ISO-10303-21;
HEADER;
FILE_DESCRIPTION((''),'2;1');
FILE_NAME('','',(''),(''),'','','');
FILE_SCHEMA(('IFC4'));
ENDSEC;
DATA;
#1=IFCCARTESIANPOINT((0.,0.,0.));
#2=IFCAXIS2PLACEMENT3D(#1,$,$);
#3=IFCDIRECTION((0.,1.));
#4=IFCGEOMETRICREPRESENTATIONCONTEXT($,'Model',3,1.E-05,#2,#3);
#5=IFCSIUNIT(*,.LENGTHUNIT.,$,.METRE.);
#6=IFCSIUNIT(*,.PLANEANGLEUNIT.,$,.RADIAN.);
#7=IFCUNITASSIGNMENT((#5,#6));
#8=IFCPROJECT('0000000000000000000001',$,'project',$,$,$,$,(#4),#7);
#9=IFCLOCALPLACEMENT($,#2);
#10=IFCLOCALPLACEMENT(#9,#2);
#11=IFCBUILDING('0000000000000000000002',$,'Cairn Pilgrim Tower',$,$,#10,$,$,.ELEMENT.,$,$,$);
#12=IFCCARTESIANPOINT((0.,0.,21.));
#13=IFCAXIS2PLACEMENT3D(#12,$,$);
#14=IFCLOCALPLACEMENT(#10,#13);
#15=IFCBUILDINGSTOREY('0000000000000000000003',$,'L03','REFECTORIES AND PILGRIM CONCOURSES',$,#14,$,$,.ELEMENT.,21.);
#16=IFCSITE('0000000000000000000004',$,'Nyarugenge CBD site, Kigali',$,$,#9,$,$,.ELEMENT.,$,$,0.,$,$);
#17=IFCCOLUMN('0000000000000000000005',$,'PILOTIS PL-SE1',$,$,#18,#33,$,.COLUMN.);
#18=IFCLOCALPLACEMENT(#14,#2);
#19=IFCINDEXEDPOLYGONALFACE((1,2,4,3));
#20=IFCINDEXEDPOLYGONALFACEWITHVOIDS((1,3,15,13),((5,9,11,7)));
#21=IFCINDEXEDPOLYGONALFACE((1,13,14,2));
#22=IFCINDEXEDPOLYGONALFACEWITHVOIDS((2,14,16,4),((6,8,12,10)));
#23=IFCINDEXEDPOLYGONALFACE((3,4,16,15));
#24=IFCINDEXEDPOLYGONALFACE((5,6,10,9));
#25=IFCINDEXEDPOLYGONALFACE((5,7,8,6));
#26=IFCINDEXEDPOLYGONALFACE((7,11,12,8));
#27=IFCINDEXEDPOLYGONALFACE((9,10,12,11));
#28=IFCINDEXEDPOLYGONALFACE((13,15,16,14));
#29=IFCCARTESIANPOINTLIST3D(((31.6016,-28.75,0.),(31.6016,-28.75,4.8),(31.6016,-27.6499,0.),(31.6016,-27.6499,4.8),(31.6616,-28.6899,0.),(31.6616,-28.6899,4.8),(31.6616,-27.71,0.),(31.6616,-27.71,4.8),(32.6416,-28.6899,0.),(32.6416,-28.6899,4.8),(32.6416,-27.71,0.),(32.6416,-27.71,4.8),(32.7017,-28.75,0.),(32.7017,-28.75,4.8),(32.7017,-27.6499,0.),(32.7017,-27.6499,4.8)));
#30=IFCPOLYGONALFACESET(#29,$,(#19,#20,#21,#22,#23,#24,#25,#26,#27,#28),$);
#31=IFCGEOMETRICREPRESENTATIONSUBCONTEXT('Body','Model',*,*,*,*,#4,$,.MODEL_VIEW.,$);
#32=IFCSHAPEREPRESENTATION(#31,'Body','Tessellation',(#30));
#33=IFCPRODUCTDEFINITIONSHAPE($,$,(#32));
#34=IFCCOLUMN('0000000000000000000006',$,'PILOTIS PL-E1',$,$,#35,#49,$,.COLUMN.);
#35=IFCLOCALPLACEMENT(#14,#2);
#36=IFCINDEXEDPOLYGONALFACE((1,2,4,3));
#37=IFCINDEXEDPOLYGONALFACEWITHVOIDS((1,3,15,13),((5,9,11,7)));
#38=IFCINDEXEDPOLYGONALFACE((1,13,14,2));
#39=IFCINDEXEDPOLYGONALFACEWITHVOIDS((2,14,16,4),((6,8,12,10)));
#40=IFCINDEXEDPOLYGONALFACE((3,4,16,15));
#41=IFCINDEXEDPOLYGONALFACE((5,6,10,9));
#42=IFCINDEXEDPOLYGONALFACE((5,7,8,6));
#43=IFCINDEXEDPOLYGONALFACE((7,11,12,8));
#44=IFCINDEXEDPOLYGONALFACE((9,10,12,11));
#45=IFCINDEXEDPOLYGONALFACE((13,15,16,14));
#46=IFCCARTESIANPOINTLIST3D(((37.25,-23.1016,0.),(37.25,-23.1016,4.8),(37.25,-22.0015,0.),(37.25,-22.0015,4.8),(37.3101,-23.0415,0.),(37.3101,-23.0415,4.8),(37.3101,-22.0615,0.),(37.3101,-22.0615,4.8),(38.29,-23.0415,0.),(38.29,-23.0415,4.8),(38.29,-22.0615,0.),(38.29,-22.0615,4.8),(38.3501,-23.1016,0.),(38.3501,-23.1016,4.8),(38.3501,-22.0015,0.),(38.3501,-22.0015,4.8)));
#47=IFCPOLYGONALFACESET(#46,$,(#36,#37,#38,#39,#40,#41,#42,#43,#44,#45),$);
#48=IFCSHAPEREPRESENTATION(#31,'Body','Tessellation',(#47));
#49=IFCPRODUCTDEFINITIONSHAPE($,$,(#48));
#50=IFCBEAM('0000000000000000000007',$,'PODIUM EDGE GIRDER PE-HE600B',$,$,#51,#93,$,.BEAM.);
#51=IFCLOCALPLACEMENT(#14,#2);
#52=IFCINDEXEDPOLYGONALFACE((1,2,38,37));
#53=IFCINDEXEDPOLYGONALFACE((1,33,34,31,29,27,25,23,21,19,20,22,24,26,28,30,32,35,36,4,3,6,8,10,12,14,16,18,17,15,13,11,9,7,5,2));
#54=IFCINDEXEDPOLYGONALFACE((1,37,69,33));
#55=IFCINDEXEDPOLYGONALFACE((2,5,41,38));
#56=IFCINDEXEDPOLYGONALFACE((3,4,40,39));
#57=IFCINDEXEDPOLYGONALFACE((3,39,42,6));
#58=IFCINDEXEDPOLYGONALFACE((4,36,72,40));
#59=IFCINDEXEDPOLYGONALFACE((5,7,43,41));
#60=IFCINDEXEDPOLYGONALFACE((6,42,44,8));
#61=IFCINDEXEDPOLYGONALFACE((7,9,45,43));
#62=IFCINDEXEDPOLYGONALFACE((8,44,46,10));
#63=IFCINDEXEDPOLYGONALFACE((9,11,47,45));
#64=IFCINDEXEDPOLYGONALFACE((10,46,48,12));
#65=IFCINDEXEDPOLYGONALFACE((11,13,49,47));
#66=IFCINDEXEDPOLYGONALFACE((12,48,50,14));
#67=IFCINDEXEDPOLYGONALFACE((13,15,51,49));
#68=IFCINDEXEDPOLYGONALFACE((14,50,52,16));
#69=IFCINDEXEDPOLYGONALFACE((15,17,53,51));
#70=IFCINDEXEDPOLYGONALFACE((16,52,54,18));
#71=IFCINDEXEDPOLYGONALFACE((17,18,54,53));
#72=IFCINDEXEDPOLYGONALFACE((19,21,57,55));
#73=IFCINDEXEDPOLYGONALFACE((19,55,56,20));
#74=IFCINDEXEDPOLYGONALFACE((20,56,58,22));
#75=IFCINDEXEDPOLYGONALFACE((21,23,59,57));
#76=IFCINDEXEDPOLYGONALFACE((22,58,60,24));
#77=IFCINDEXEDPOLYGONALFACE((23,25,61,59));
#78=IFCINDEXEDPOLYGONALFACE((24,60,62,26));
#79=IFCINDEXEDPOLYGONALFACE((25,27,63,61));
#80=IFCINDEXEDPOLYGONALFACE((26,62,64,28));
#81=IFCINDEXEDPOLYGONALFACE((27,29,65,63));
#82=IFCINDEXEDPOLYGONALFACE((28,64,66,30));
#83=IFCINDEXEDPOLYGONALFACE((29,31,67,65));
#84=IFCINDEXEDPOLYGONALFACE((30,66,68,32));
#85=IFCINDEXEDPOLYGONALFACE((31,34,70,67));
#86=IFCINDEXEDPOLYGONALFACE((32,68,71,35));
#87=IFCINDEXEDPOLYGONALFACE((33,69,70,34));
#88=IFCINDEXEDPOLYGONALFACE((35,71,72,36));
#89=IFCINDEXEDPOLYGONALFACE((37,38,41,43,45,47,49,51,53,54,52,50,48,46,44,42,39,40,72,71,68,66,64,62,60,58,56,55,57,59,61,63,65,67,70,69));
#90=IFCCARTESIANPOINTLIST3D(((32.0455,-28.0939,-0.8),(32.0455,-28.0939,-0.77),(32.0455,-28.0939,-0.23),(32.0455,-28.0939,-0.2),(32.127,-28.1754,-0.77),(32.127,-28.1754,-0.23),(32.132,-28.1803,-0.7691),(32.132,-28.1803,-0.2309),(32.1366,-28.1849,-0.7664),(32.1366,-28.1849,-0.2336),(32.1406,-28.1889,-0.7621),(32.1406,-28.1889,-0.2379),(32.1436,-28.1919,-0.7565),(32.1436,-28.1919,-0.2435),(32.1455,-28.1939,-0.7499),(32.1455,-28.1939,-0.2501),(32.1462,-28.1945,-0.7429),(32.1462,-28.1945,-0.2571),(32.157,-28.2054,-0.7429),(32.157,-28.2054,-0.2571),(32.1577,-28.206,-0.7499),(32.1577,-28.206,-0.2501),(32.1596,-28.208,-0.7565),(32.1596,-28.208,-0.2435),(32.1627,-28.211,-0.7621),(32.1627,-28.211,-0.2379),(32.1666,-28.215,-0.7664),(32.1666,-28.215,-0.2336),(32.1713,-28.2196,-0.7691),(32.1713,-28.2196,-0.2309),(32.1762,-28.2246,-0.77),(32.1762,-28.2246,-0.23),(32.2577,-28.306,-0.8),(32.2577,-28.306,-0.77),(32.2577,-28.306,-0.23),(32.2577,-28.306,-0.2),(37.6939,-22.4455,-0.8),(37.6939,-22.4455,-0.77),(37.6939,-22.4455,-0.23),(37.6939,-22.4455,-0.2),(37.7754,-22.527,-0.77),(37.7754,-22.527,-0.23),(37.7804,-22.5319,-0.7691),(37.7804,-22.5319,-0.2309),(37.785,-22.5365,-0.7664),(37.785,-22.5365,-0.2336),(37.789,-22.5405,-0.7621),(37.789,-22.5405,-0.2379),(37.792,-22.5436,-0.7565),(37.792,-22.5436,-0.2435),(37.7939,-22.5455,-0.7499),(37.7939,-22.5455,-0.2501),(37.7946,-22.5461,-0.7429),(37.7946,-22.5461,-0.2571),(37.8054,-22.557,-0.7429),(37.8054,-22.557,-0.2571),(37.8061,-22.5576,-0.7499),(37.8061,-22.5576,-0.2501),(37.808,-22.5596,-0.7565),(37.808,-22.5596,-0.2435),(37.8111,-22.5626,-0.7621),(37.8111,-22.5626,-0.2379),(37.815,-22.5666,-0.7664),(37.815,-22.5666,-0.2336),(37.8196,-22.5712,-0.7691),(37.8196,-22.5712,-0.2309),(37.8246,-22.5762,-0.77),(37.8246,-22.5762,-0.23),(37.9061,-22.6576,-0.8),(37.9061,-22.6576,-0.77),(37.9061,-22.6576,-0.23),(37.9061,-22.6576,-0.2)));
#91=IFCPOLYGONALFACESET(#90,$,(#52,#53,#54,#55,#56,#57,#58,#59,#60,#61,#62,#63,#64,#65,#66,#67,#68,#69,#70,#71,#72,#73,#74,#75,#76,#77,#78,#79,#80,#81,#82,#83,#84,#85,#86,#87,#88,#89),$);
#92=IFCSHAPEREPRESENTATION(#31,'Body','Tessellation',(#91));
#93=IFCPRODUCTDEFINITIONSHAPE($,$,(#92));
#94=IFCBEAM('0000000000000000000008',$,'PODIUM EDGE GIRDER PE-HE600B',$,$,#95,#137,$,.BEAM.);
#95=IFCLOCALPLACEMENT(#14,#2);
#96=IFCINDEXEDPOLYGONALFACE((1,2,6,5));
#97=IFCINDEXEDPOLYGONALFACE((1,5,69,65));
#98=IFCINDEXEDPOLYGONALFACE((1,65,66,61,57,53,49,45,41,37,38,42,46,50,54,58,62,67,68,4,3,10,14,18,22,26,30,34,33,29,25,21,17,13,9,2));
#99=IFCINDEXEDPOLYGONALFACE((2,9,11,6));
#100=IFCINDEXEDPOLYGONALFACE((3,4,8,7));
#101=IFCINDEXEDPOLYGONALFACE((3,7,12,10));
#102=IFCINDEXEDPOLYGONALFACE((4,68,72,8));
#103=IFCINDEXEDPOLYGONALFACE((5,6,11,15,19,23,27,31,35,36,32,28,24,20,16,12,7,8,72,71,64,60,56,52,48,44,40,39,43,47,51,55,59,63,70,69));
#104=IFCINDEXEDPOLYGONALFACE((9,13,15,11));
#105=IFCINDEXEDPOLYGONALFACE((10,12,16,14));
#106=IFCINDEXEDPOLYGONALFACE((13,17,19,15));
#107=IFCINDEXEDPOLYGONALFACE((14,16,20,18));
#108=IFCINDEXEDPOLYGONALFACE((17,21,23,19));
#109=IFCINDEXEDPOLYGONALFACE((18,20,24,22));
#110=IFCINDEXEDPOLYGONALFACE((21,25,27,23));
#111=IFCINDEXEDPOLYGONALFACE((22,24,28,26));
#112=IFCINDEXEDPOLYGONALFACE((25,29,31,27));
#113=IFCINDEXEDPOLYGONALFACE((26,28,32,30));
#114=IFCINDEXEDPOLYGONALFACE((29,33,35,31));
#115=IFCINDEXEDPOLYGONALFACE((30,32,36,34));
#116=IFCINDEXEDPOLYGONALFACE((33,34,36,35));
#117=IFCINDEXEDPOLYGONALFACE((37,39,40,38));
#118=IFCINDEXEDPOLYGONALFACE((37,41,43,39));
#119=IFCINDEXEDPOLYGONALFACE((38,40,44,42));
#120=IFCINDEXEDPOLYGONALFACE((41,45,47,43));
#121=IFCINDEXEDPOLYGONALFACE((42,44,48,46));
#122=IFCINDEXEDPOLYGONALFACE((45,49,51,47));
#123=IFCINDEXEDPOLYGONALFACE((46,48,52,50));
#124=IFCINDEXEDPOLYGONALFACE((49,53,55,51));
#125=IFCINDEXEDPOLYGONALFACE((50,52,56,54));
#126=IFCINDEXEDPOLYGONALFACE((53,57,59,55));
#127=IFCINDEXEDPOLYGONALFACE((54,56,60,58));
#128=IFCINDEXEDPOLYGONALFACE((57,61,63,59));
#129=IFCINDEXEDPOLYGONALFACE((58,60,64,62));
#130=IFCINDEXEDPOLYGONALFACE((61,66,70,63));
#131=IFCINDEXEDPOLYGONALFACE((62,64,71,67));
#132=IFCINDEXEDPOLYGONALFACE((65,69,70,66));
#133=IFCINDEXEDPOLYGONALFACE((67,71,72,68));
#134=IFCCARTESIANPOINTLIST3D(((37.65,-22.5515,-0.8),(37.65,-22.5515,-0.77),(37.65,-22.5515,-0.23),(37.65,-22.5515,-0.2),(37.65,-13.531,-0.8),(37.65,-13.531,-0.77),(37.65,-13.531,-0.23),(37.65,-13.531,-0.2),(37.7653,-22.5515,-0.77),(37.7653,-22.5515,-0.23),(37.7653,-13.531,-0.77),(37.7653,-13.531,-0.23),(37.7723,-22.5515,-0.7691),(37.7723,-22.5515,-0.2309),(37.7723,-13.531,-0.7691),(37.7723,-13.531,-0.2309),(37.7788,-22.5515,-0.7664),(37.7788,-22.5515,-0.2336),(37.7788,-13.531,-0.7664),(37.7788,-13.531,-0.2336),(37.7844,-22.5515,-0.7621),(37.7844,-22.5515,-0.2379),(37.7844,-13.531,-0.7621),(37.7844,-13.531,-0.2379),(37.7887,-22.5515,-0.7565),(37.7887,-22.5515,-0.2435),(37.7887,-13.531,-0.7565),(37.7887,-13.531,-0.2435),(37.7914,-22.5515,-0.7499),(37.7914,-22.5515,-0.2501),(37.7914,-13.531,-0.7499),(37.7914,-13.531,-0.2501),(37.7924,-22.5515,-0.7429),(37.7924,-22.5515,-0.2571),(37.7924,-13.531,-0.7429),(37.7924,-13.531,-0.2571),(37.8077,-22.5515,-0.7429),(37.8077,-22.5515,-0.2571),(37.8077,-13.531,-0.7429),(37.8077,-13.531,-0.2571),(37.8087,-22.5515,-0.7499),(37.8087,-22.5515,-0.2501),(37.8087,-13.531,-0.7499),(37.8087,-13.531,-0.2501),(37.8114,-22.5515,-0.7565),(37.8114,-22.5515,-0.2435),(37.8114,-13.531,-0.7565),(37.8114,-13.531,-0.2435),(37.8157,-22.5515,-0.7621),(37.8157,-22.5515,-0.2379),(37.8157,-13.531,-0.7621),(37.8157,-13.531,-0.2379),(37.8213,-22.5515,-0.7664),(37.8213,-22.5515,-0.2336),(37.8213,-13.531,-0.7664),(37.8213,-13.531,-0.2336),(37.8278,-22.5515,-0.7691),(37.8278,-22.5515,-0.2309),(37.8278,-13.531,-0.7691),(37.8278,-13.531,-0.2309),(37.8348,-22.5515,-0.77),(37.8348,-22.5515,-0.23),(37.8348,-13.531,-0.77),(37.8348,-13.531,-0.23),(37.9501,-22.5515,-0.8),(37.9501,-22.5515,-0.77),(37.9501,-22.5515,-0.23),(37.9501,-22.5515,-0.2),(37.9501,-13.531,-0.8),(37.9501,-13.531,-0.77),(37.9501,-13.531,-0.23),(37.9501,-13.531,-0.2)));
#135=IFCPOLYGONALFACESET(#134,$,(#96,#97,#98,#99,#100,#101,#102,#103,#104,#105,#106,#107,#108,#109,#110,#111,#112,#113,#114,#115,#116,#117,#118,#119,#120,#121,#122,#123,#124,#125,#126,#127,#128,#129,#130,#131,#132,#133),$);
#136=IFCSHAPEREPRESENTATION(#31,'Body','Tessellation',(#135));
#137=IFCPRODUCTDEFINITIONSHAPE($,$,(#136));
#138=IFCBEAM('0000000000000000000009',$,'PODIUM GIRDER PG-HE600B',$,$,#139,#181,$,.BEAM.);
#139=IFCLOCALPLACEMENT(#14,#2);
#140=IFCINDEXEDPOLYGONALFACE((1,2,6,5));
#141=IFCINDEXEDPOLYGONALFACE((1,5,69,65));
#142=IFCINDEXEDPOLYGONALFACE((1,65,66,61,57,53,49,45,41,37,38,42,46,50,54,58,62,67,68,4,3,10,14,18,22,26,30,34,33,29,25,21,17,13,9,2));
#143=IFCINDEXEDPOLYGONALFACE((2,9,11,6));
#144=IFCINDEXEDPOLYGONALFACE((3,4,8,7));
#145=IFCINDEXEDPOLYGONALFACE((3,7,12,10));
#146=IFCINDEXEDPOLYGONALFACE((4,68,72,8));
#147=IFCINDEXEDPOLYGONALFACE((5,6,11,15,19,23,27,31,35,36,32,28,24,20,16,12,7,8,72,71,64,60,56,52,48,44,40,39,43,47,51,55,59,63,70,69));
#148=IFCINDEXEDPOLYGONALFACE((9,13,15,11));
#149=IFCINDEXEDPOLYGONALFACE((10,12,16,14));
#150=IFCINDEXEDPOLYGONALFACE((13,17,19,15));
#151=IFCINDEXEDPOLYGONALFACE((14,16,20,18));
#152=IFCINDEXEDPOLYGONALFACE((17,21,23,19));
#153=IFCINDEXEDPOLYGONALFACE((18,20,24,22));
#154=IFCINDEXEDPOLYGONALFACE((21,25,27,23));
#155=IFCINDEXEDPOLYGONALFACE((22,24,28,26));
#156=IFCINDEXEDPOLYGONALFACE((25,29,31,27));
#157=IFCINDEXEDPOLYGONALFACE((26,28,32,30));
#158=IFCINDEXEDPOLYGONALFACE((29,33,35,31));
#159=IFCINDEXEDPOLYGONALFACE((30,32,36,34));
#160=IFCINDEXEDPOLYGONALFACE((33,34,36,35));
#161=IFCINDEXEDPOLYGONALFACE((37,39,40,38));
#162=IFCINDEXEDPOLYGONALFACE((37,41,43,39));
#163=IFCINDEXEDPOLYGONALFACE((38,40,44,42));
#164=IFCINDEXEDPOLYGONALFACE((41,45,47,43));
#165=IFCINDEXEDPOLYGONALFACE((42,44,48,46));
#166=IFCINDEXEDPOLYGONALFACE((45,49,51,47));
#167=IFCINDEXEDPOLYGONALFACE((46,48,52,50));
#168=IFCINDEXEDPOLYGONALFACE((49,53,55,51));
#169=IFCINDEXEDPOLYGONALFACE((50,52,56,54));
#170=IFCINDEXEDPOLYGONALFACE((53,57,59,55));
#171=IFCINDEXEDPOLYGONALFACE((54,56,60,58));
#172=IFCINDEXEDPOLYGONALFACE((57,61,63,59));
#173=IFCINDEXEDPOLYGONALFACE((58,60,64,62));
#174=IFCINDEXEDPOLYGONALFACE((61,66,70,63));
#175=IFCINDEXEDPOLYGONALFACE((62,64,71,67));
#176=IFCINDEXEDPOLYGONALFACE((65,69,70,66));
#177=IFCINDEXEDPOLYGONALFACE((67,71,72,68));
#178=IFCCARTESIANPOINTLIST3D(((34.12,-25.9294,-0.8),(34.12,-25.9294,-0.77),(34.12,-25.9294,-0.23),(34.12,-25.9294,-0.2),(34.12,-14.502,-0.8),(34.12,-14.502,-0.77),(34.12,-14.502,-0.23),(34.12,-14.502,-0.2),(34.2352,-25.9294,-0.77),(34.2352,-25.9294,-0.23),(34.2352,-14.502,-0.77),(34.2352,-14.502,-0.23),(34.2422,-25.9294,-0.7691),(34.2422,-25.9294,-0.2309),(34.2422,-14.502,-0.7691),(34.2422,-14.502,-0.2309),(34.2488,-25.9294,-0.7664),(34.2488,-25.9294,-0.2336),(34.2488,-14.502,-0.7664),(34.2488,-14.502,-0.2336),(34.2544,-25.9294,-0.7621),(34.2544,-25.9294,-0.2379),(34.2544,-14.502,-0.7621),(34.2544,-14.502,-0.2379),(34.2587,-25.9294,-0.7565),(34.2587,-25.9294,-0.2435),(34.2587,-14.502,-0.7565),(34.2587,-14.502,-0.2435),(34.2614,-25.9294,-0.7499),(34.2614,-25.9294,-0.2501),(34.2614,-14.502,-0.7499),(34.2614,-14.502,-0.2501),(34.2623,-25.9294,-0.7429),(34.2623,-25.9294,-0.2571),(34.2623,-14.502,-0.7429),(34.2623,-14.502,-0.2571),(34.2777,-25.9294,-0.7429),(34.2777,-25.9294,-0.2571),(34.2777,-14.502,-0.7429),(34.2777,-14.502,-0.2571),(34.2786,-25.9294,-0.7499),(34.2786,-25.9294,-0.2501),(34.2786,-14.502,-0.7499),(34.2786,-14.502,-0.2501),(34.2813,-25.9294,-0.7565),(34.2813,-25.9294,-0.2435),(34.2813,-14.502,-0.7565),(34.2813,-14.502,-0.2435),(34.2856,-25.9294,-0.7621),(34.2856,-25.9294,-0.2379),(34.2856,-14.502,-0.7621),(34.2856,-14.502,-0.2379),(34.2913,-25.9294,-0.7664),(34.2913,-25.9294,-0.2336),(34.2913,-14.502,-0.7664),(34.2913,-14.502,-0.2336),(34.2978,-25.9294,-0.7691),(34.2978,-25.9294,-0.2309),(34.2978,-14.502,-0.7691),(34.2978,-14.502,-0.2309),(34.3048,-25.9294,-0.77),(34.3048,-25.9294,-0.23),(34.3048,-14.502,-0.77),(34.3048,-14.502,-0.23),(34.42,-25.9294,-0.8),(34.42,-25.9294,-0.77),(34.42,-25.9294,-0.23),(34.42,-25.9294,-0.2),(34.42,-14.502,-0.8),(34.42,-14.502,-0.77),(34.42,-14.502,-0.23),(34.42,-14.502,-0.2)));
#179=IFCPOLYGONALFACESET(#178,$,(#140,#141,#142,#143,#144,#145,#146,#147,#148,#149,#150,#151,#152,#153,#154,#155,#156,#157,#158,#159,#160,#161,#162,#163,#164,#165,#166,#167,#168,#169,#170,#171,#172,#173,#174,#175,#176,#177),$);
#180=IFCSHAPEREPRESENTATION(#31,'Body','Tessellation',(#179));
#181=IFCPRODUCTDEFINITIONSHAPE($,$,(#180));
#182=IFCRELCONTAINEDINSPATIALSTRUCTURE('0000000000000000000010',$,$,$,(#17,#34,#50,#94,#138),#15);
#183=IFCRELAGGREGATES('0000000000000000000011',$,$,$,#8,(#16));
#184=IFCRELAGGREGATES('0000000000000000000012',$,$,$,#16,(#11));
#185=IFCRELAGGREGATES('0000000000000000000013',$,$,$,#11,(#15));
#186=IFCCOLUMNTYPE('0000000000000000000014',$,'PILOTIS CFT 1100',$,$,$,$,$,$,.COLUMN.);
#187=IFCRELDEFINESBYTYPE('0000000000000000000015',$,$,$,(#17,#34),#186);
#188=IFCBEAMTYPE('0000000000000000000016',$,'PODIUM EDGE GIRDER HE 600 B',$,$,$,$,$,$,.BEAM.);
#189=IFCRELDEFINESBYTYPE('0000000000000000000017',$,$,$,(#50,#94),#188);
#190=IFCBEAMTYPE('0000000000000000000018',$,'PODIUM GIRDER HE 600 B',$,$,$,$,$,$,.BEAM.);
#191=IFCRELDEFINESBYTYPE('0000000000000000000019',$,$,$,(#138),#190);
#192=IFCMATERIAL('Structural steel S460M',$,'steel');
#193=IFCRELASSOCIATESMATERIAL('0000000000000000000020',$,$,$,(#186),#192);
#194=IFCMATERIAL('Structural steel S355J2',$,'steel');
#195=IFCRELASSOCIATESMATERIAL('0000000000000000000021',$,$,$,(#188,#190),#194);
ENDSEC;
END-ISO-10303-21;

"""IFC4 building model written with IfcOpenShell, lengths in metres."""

from ifc_helpers import new_model, si_unit, direction, frame, origin, origin_2d, place, context, subcontext, project, spatial, hollow_rectangle, i_section, extrude, material, material_profile, profile_set, type_object, element, save


model = new_model("IFC4")

# Units and contexts
model_context = context("Model", 3, precision=1e-05, world=origin(), true_north=direction((0.0, 1.0)))
body_context = subcontext(model_context, "Body", "Model", "MODEL_VIEW")
ifc_project = project(units=[si_unit("LENGTHUNIT", "METRE"), si_unit("PLANEANGLEUNIT", "RADIAN")], contexts=[model_context])

# Site, building, storey
site_placement = place(None, origin())
site = spatial("IfcSite", under=ifc_project, at=site_placement, Name="Nyarugenge CBD site, Kigali", CompositionType="ELEMENT", RefElevation=0.0)
building_placement = place(site_placement, origin())
building = spatial("IfcBuilding", under=site, at=building_placement, Name="Cairn Pilgrim Tower", CompositionType="ELEMENT")
storey_placement = place(building_placement, frame((0.0, 0.0, 21.0)))
storey = spatial("IfcBuildingStorey", under=building, at=storey_placement, Name="L03", Description="REFECTORIES AND PILGRIM CONCOURSES", CompositionType="ELEMENT", Elevation=21.0)

# Columns
ifc_material_1 = material(Name="Structural steel S460M", Category="steel")
ifc_material_profile_1 = material_profile(ifc_material_1, hollow_rectangle(XDim=1.1001, YDim=1.1001, WallThickness=0.0601, at=origin_2d()), Name="BOX 1100x1100x60")
ifc_profile_set_1 = profile_set([ifc_material_profile_1], Name="Structural steel S460M")
column_type = type_object("IfcColumnType", Name="PILOTIS CFT 1100", PredefinedType="COLUMN", material=ifc_profile_set_1)
for number, where, z_axis, x_axis, name in (
    (1, (32.1516, -28.2, 0.0), (0.0, 0.0, 1.0), (1.0, 0.0, 0.0), "PILOTIS PL-SE1"),
    (2, (37.8, -22.5515, 0.0), (0.0, 0.0, 1.0), (1.0, 0.0, 0.0), "PILOTIS PL-E1"),
):
    element("IfcColumn", number, at=place(storey_placement, frame(where, z_axis=z_axis, x_axis=x_axis)), inside=storey, type_object=column_type, Name=name, PredefinedType="COLUMN", context=body_context, shape_type="SweptSolid", body=[
        extrude(hollow_rectangle(XDim=1.1001, YDim=1.1001, WallThickness=0.0601, at=origin_2d()), origin(), (0.0, 0.0, 1.0), 4.8),
    ])

# Beams
ifc_material_2 = material(Name="Structural steel S355J2", Category="steel")
ifc_material_profile_2 = material_profile(ifc_material_2, i_section(OverallWidth=0.3, OverallDepth=0.6001, WebThickness=0.0154, FlangeThickness=0.03, FilletRadius=0.0271, at=origin_2d()), Name="HEB 600")
ifc_profile_set_2 = profile_set([ifc_material_profile_2], Name="Structural steel S355J2")
beam_type_1 = type_object("IfcBeamType", Name="PODIUM EDGE GIRDER HE 600 B", PredefinedType="BEAM", material=ifc_profile_set_2)
beam_1_placement = place(storey_placement, frame((32.1516, -28.2, -0.5), z_axis=(0.707107, 0.707107, 0.0), x_axis=(-0.707107, 0.707107, 0.0)))
element("IfcBeam", 3, at=beam_1_placement, inside=storey, type_object=beam_type_1, Name="PODIUM EDGE GIRDER PE-HE600B", PredefinedType="BEAM", context=body_context, shape_type="SweptSolid", body=[
    extrude(i_section(OverallWidth=0.3, OverallDepth=0.6001, WebThickness=0.0154, FlangeThickness=0.03, FilletRadius=0.0271, at=origin_2d()), origin(), (0.0, 0.0, 1.0), 7.988),
])
beam_2_placement = place(storey_placement, frame((37.8, -22.5515, -0.5), z_axis=(0.0, 1.0, 0.0), x_axis=(-1.0, 0.0, 0.0)))
element("IfcBeam", 4, at=beam_2_placement, inside=storey, type_object=beam_type_1, Name="PODIUM EDGE GIRDER PE-HE600B", PredefinedType="BEAM", context=body_context, shape_type="SweptSolid", body=[
    extrude(i_section(OverallWidth=0.3, OverallDepth=0.6001, WebThickness=0.0154, FlangeThickness=0.03, FilletRadius=0.0271, at=origin_2d()), origin(), (0.0, 0.0, 1.0), 9.0205),
])
ifc_material_profile_3 = material_profile(ifc_material_2, i_section(OverallWidth=0.3, OverallDepth=0.6001, WebThickness=0.0154, FlangeThickness=0.03, FilletRadius=0.0271, at=origin_2d()), Name="HEB 600")
ifc_profile_set_3 = profile_set([ifc_material_profile_3], Name="Structural steel S355J2")
beam_type_2 = type_object("IfcBeamType", Name="PODIUM GIRDER HE 600 B", PredefinedType="BEAM", material=ifc_profile_set_3)
beam_3_placement = place(storey_placement, frame((34.27, -25.9294, -0.5), z_axis=(0.0, 1.0, 0.0), x_axis=(-1.0, 0.0, 0.0)))
element("IfcBeam", 5, at=beam_3_placement, inside=storey, type_object=beam_type_2, Name="PODIUM GIRDER PG-HE600B", PredefinedType="BEAM", context=body_context, shape_type="SweptSolid", body=[
    extrude(i_section(OverallWidth=0.3, OverallDepth=0.6001, WebThickness=0.0154, FlangeThickness=0.03, FilletRadius=0.0271, at=origin_2d()), origin(), (0.0, 0.0, 1.0), 11.4275),
])

save(model, "model.ifc")
